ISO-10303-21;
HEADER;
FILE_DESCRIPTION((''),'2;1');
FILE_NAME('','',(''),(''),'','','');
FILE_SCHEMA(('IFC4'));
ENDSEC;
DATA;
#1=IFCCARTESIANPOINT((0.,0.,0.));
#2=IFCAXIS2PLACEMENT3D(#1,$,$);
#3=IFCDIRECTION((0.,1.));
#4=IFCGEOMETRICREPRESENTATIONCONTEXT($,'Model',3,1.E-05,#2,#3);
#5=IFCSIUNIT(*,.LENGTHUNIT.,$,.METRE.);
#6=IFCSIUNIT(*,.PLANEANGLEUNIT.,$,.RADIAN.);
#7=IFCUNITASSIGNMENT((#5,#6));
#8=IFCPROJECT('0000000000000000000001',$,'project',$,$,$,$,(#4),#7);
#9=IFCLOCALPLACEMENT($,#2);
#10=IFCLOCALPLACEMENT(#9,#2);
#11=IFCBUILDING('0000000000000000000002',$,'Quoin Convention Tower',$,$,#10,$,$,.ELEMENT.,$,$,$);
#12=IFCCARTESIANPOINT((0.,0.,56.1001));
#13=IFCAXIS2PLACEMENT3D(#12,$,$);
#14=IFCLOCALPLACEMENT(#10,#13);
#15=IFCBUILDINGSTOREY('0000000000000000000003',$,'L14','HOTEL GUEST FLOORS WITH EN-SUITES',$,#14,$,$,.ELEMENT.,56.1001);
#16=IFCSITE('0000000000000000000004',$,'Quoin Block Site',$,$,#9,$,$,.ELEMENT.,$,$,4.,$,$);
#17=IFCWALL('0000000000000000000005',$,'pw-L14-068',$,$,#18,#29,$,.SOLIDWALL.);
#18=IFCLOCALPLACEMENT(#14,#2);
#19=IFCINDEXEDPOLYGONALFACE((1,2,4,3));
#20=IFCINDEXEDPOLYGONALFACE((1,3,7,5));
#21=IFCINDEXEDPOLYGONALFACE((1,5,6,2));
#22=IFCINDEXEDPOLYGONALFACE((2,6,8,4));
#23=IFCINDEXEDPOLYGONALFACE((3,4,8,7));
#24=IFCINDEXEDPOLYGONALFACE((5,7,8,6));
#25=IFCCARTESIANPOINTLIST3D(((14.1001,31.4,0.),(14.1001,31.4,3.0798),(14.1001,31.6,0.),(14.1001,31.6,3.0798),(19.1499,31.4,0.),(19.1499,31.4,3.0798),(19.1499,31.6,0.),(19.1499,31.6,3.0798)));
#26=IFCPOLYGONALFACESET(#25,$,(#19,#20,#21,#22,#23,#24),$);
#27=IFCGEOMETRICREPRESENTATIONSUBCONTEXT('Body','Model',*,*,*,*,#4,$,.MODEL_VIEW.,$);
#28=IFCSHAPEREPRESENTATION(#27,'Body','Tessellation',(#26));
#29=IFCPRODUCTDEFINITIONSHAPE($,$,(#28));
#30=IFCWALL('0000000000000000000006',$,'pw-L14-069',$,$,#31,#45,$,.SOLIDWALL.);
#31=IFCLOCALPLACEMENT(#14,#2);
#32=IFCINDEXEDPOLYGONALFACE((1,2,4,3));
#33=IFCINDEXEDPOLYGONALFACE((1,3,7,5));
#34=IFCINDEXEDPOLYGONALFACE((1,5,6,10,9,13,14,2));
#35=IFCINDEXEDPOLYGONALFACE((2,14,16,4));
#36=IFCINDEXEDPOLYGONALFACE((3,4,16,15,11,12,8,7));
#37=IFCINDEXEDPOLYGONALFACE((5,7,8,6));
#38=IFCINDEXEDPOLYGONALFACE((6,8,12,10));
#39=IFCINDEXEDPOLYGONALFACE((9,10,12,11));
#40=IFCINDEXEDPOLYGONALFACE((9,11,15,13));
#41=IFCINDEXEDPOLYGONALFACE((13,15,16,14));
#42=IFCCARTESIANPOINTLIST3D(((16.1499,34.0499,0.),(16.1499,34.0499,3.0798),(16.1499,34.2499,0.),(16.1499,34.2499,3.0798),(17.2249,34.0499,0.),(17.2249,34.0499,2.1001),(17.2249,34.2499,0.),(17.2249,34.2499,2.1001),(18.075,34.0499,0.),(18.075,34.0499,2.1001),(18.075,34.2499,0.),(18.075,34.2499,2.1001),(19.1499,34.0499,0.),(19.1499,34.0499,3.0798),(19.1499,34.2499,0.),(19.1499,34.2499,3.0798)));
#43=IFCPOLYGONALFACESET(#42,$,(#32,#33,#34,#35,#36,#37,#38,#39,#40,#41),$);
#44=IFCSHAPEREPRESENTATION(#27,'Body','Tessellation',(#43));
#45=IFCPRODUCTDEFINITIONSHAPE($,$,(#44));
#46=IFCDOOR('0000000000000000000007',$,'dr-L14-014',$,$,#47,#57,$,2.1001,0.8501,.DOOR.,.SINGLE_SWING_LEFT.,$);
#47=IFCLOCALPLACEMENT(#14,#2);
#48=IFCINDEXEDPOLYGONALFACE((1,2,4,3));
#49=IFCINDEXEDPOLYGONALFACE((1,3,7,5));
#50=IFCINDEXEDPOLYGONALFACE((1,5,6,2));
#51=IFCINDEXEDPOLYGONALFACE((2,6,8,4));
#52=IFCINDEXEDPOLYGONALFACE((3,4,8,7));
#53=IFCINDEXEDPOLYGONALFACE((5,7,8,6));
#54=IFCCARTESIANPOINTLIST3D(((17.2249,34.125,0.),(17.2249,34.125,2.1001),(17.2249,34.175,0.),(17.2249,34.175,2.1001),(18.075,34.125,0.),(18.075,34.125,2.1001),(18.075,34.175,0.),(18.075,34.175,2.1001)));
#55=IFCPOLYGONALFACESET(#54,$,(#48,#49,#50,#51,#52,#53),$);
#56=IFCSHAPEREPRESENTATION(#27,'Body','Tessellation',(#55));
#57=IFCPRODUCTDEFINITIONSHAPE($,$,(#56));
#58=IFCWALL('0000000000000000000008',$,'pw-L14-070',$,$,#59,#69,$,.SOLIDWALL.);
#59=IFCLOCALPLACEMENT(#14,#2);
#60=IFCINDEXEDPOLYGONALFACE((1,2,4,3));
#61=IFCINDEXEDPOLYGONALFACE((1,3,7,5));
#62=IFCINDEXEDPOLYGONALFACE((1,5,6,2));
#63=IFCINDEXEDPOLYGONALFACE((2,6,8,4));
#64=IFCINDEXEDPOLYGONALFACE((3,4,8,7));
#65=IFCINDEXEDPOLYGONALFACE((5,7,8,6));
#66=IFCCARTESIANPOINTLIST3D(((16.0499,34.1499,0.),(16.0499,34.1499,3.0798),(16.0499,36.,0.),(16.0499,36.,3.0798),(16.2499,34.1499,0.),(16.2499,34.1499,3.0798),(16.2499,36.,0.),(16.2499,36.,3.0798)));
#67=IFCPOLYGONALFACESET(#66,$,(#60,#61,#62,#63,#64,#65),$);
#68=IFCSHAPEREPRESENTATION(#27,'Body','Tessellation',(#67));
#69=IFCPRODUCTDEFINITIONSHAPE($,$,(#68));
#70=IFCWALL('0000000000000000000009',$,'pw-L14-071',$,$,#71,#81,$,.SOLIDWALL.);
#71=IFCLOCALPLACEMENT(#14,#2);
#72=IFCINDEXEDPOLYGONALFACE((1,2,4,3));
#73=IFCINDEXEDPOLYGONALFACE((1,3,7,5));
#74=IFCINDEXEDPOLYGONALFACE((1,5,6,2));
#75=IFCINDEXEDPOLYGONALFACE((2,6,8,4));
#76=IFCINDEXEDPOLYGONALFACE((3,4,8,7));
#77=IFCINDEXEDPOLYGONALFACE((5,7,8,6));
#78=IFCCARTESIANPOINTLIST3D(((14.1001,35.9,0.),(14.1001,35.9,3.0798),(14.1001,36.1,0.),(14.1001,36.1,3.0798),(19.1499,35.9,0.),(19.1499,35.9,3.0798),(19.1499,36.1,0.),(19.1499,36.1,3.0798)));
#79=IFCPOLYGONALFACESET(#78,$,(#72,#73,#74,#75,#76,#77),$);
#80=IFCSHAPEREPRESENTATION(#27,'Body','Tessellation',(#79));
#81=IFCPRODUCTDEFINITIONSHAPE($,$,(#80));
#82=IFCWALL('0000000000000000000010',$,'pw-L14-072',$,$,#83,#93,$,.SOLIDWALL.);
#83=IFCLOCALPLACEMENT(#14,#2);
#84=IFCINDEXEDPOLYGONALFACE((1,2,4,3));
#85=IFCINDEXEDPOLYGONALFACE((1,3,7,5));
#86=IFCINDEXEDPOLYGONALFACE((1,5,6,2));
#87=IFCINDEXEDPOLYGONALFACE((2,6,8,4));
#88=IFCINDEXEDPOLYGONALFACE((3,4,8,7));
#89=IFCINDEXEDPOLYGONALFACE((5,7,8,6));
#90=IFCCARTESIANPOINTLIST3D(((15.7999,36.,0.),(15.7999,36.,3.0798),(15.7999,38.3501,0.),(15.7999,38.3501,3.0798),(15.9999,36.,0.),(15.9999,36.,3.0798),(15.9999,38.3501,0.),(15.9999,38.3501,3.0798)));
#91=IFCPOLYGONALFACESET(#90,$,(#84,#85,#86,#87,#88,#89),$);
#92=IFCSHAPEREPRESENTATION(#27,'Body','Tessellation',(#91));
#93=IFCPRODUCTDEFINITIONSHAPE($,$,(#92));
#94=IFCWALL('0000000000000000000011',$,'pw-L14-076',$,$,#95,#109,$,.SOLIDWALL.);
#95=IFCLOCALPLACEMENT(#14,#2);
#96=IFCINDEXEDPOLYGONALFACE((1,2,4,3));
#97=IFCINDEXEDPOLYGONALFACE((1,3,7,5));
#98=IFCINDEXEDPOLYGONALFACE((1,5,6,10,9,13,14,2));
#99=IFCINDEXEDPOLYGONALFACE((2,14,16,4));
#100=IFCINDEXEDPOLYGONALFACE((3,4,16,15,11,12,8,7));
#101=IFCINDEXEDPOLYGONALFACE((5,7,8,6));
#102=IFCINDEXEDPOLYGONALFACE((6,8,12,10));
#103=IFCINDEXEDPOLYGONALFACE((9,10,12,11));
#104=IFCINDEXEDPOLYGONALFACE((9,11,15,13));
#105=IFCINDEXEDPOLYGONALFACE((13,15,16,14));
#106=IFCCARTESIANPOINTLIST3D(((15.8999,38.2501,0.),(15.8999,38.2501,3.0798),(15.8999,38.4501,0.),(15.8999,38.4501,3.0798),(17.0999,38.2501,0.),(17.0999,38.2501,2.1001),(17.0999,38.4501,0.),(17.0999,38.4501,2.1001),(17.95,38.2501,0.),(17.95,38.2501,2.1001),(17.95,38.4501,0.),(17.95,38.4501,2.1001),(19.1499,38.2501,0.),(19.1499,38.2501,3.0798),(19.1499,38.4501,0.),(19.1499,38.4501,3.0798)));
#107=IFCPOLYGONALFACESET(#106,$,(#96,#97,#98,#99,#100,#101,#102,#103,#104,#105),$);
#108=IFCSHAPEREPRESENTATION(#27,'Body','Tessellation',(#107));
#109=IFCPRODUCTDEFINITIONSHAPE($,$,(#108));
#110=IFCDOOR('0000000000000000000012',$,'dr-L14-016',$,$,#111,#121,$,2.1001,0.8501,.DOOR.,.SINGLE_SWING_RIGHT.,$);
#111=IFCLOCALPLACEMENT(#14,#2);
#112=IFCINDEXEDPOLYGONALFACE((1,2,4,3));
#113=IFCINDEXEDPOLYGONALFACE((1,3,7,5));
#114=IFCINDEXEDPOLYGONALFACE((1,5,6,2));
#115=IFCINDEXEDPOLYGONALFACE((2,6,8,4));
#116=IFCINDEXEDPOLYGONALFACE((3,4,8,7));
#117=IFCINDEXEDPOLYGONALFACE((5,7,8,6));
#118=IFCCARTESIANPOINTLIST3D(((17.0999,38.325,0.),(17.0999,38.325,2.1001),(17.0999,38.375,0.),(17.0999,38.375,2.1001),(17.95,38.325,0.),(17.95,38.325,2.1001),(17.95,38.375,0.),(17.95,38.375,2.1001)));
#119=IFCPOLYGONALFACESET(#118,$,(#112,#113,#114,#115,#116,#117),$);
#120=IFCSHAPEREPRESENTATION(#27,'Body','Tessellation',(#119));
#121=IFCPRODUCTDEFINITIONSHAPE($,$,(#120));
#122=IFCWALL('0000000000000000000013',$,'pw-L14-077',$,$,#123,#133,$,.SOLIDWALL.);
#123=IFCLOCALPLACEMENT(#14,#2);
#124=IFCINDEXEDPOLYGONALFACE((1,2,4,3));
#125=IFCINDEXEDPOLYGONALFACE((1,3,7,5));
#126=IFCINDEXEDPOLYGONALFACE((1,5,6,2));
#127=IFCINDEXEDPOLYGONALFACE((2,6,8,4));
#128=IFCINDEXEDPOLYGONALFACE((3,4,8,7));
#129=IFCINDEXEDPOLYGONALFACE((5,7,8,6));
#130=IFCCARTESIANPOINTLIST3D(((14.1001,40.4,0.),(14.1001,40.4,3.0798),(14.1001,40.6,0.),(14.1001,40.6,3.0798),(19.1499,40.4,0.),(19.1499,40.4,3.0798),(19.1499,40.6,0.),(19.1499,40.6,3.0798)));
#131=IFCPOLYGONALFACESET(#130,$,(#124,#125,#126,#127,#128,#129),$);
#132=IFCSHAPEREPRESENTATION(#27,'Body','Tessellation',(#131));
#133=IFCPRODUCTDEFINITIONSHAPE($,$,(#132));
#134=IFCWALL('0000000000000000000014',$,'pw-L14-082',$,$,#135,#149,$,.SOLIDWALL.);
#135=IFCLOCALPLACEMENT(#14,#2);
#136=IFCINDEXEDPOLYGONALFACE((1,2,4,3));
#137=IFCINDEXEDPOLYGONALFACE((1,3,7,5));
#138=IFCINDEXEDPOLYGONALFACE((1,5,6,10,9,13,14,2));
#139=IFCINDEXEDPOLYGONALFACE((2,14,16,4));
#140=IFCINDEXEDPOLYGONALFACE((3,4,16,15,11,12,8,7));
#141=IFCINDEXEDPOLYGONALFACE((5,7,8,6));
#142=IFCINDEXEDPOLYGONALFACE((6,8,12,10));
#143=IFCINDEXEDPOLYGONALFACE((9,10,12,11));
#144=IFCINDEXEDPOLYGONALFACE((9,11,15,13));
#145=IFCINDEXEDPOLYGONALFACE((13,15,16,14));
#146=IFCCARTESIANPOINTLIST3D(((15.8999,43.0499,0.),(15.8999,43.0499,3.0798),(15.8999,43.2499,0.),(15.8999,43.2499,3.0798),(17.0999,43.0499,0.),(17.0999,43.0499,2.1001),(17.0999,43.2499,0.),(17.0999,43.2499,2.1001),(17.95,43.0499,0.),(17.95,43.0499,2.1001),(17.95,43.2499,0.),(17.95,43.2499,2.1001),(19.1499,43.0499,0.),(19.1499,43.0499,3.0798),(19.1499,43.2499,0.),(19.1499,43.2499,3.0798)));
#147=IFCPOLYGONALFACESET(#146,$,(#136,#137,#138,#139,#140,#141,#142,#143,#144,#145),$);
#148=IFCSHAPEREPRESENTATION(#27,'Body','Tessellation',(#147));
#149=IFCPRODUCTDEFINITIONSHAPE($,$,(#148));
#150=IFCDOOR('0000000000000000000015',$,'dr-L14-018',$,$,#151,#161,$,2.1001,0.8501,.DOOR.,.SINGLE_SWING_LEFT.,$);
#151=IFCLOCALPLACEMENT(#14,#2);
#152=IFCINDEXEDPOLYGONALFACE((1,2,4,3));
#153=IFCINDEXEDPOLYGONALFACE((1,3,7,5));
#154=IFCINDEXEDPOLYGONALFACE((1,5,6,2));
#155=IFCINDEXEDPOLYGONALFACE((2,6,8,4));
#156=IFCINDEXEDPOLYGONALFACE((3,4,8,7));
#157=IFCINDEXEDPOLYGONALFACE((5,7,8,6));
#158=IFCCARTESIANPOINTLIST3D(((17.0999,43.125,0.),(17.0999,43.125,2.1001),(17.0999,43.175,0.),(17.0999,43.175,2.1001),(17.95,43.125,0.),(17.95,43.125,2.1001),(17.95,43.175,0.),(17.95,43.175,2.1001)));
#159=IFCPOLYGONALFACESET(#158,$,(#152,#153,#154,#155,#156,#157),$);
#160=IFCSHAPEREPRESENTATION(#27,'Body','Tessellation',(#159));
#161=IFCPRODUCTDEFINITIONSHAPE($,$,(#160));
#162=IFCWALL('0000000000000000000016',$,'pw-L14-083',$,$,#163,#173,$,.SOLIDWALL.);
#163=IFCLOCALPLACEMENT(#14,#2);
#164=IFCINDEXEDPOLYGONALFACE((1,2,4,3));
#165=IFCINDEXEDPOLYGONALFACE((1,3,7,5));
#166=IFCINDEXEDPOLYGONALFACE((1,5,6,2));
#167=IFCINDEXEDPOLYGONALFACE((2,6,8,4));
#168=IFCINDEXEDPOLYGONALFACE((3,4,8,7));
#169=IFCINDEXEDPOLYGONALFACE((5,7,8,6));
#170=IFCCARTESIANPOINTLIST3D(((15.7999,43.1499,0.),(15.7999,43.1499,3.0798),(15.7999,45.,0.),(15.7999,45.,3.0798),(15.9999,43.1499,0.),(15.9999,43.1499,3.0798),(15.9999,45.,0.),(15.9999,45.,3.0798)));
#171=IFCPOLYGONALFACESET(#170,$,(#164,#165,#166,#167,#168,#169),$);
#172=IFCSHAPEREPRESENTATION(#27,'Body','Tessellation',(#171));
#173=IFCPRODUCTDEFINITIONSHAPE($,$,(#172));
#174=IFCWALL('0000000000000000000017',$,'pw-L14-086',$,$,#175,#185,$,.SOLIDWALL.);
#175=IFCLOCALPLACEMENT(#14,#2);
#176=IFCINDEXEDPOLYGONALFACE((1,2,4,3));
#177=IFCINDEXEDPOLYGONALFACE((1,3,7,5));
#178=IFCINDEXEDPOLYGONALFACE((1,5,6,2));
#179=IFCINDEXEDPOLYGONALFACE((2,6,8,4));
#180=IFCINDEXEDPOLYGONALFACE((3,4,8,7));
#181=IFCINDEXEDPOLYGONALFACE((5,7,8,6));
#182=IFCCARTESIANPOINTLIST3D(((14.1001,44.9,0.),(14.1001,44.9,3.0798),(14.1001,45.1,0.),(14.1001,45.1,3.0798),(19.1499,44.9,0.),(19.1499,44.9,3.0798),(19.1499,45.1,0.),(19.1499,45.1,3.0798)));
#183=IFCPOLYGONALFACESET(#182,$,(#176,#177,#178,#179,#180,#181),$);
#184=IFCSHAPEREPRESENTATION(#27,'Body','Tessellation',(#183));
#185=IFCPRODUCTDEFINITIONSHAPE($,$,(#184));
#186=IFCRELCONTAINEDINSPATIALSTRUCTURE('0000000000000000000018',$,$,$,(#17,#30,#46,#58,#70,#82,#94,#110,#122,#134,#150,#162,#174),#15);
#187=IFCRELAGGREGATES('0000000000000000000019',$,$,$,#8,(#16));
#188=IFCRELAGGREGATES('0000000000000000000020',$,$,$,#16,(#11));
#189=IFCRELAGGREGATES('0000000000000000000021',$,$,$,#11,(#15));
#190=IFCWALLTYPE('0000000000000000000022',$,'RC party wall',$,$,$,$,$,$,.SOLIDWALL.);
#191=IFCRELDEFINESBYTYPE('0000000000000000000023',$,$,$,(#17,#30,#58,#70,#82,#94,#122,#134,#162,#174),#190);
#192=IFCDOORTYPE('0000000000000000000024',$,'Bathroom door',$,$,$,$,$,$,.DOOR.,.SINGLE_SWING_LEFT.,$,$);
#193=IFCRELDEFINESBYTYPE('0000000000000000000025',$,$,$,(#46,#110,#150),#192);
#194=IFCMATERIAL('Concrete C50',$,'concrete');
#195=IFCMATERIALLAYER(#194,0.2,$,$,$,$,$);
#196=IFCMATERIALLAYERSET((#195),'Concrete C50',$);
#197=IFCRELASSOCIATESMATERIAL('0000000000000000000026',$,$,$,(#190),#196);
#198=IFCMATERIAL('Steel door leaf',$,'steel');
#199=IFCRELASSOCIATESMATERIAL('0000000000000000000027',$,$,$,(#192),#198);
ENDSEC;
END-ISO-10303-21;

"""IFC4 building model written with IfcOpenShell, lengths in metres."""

from ifc_helpers import new_model, si_unit, direction, frame, frame_2d, origin, place, context, subcontext, project, spatial, rectangle, extrude, material, layer, layer_set, type_object, element, fill, save


model = new_model("IFC4")

# Units and contexts
model_context = context("Model", 3, precision=1e-05, world=origin(), true_north=direction((0.0, 1.0)))
body_context = subcontext(model_context, "Body", "Model", "MODEL_VIEW")
ifc_project = project(units=[si_unit("LENGTHUNIT", "METRE"), si_unit("PLANEANGLEUNIT", "RADIAN")], contexts=[model_context])

# Site, building, storey
site_placement = place(None, origin())
site = spatial("IfcSite", under=ifc_project, at=site_placement, Name="Quoin Block Site", CompositionType="ELEMENT", RefElevation=4.0)
building_placement = place(site_placement, origin())
building = spatial("IfcBuilding", under=site, at=building_placement, Name="Quoin Convention Tower", CompositionType="ELEMENT")
storey_placement = place(building_placement, frame((0.0, 0.0, 56.1001)))
storey = spatial("IfcBuildingStorey", under=building, at=storey_placement, Name="L14", Description="HOTEL GUEST FLOORS WITH EN-SUITES", CompositionType="ELEMENT", Elevation=56.1001)

# Wall
ifc_material_1 = material(Name="Concrete C50", Category="concrete")
ifc_layer_1 = layer(ifc_material_1, 0.2)
ifc_layer_set_1 = layer_set([ifc_layer_1], Name="Concrete C50")
wall_type_1 = type_object("IfcWallType", Name="RC party wall", PredefinedType="SOLIDWALL", material=ifc_layer_set_1)
wall_1_placement = place(storey_placement, frame((14.1001, 31.5, 0.0), z_axis=(0.0, 0.0, 1.0), x_axis=(1.0, 0.0, 0.0)))
element("IfcWall", 1, at=wall_1_placement, inside=storey, type_object=wall_type_1, Name="pw-L14-068", PredefinedType="SOLIDWALL", context=body_context, shape_type="SweptSolid", body=[
    extrude(rectangle(XDim=5.0498, YDim=0.2, at=frame_2d((2.5249, 0.0))), origin(), (0.0, 0.0, 1.0), 3.0798),
])

# Wall, opening, door
wall_2_placement = place(storey_placement, frame((16.1499, 34.1499, 0.0), z_axis=(0.0, 0.0, 1.0), x_axis=(1.0, 0.0, 0.0)))
wall_2 = element("IfcWall", 2, at=wall_2_placement, inside=storey, type_object=wall_type_1, Name="pw-L14-069", PredefinedType="SOLIDWALL", context=body_context, shape_type="SweptSolid", body=[
    extrude(rectangle(XDim=3.0, YDim=0.2, at=frame_2d((1.5, 0.0))), origin(), (0.0, 0.0, 1.0), 3.0798),
])
opening_1_placement = place(wall_2_placement, frame((1.075, 0.0, 0.0)))
opening_1 = element("IfcOpeningElement", 3, at=opening_1_placement, cuts=wall_2, PredefinedType="OPENING", context=body_context, shape_type="SweptSolid", body=[
    extrude(rectangle(XDim=0.8501, YDim=2.1001, at=frame_2d((0.425, 1.05))), frame((0.0, 0.1099, 0.0), z_axis=(0.0, -1.0, 0.0), x_axis=(1.0, 0.0, 0.0)), (0.0, 0.0, 1.0), 0.22),
])
ifc_material_2 = material(Name="Steel door leaf", Category="steel")
door_type_1 = type_object("IfcDoorType", Name="Bathroom door", OperationType="SINGLE_SWING_LEFT", PredefinedType="DOOR", material=ifc_material_2)
door_1_placement = place(opening_1_placement, frame((0.8501, 0.0, 0.0), z_axis=(0.0, 0.0, 1.0), x_axis=(-1.0, 0.0, 0.0)))
door_1 = element("IfcDoor", 4, at=door_1_placement, inside=storey, type_object=door_type_1, Name="dr-L14-014", OperationType="SINGLE_SWING_LEFT", OverallHeight=2.1001, OverallWidth=0.8501, PredefinedType="DOOR", context=body_context, shape_type="SweptSolid", body=[
    extrude(rectangle(XDim=0.8501, YDim=2.1001, at=frame_2d((0.425, 1.05))), frame((0.0, 0.0249, 0.0), z_axis=(0.0, -1.0, 0.0), x_axis=(1.0, 0.0, 0.0)), (0.0, 0.0, 1.0), 0.05),
])
fill(opening_1, door_1)

# Walls
wall_3_placement = place(storey_placement, frame((16.1499, 34.1499, 0.0), z_axis=(0.0, 0.0, 1.0), x_axis=(0.0, 1.0, 0.0)))
element("IfcWall", 5, at=wall_3_placement, inside=storey, type_object=wall_type_1, Name="pw-L14-070", PredefinedType="SOLIDWALL", context=body_context, shape_type="SweptSolid", body=[
    extrude(rectangle(XDim=1.8501, YDim=0.2, at=frame_2d((0.925, 0.0))), origin(), (0.0, 0.0, 1.0), 3.0798),
])
wall_4_placement = place(storey_placement, frame((14.1001, 36.0, 0.0), z_axis=(0.0, 0.0, 1.0), x_axis=(1.0, 0.0, 0.0)))
element("IfcWall", 6, at=wall_4_placement, inside=storey, type_object=wall_type_1, Name="pw-L14-071", PredefinedType="SOLIDWALL", context=body_context, shape_type="SweptSolid", body=[
    extrude(rectangle(XDim=5.0498, YDim=0.2, at=frame_2d((2.5249, 0.0))), origin(), (0.0, 0.0, 1.0), 3.0798),
])
wall_5_placement = place(storey_placement, frame((15.8999, 36.0, 0.0), z_axis=(0.0, 0.0, 1.0), x_axis=(0.0, 1.0, 0.0)))
element("IfcWall", 7, at=wall_5_placement, inside=storey, type_object=wall_type_1, Name="pw-L14-072", PredefinedType="SOLIDWALL", context=body_context, shape_type="SweptSolid", body=[
    extrude(rectangle(XDim=2.3501, YDim=0.2, at=frame_2d((1.175, 0.0))), origin(), (0.0, 0.0, 1.0), 3.0798),
])

# Wall, opening, door
wall_6_placement = place(storey_placement, frame((15.8999, 38.3501, 0.0), z_axis=(0.0, 0.0, 1.0), x_axis=(1.0, 0.0, 0.0)))
wall_6 = element("IfcWall", 8, at=wall_6_placement, inside=storey, type_object=wall_type_1, Name="pw-L14-076", PredefinedType="SOLIDWALL", context=body_context, shape_type="SweptSolid", body=[
    extrude(rectangle(XDim=3.25, YDim=0.2, at=frame_2d((1.625, 0.0))), origin(), (0.0, 0.0, 1.0), 3.0798),
])
opening_2_placement = place(wall_6_placement, frame((1.2, 0.0, 0.0)))
opening_2 = element("IfcOpeningElement", 9, at=opening_2_placement, cuts=wall_6, PredefinedType="OPENING", context=body_context, shape_type="SweptSolid", body=[
    extrude(rectangle(XDim=0.8501, YDim=2.1001, at=frame_2d((0.425, 1.05))), frame((0.0, 0.1099, 0.0), z_axis=(0.0, -1.0, 0.0), x_axis=(1.0, 0.0, 0.0)), (0.0, 0.0, 1.0), 0.22),
])
door_2_placement = place(opening_2_placement, origin())
door_2 = element("IfcDoor", 10, at=door_2_placement, inside=storey, type_object=door_type_1, Name="dr-L14-016", OperationType="SINGLE_SWING_RIGHT", OverallHeight=2.1001, OverallWidth=0.8501, PredefinedType="DOOR", context=body_context, shape_type="SweptSolid", body=[
    extrude(rectangle(XDim=0.8501, YDim=2.1001, at=frame_2d((0.425, 1.05))), frame((0.0, 0.0249, 0.0), z_axis=(0.0, -1.0, 0.0), x_axis=(1.0, 0.0, 0.0)), (0.0, 0.0, 1.0), 0.05),
])
fill(opening_2, door_2)

# Wall
wall_7_placement = place(storey_placement, frame((14.1001, 40.5, 0.0), z_axis=(0.0, 0.0, 1.0), x_axis=(1.0, 0.0, 0.0)))
element("IfcWall", 11, at=wall_7_placement, inside=storey, type_object=wall_type_1, Name="pw-L14-077", PredefinedType="SOLIDWALL", context=body_context, shape_type="SweptSolid", body=[
    extrude(rectangle(XDim=5.0498, YDim=0.2, at=frame_2d((2.5249, 0.0))), origin(), (0.0, 0.0, 1.0), 3.0798),
])

# Wall, opening, door
wall_8_placement = place(storey_placement, frame((15.8999, 43.1499, 0.0), z_axis=(0.0, 0.0, 1.0), x_axis=(1.0, 0.0, 0.0)))
wall_8 = element("IfcWall", 12, at=wall_8_placement, inside=storey, type_object=wall_type_1, Name="pw-L14-082", PredefinedType="SOLIDWALL", context=body_context, shape_type="SweptSolid", body=[
    extrude(rectangle(XDim=3.25, YDim=0.2, at=frame_2d((1.625, 0.0))), origin(), (0.0, 0.0, 1.0), 3.0798),
])
opening_3_placement = place(wall_8_placement, frame((1.2, 0.0, 0.0)))
opening_3 = element("IfcOpeningElement", 13, at=opening_3_placement, cuts=wall_8, PredefinedType="OPENING", context=body_context, shape_type="SweptSolid", body=[
    extrude(rectangle(XDim=0.8501, YDim=2.1001, at=frame_2d((0.425, 1.05))), frame((0.0, 0.1099, 0.0), z_axis=(0.0, -1.0, 0.0), x_axis=(1.0, 0.0, 0.0)), (0.0, 0.0, 1.0), 0.22),
])
door_3_placement = place(opening_3_placement, frame((0.8501, 0.0, 0.0), z_axis=(0.0, 0.0, 1.0), x_axis=(-1.0, 0.0, 0.0)))
door_3 = element("IfcDoor", 14, at=door_3_placement, inside=storey, type_object=door_type_1, Name="dr-L14-018", OperationType="SINGLE_SWING_LEFT", OverallHeight=2.1001, OverallWidth=0.8501, PredefinedType="DOOR", context=body_context, shape_type="SweptSolid", body=[
    extrude(rectangle(XDim=0.8501, YDim=2.1001, at=frame_2d((0.425, 1.05))), frame((0.0, 0.0249, 0.0), z_axis=(0.0, -1.0, 0.0), x_axis=(1.0, 0.0, 0.0)), (0.0, 0.0, 1.0), 0.05),
])
fill(opening_3, door_3)

# Walls
wall_9_placement = place(storey_placement, frame((15.8999, 43.1499, 0.0), z_axis=(0.0, 0.0, 1.0), x_axis=(0.0, 1.0, 0.0)))
element("IfcWall", 15, at=wall_9_placement, inside=storey, type_object=wall_type_1, Name="pw-L14-083", PredefinedType="SOLIDWALL", context=body_context, shape_type="SweptSolid", body=[
    extrude(rectangle(XDim=1.8501, YDim=0.2, at=frame_2d((0.925, 0.0))), origin(), (0.0, 0.0, 1.0), 3.0798),
])
wall_10_placement = place(storey_placement, frame((14.1001, 45.0, 0.0), z_axis=(0.0, 0.0, 1.0), x_axis=(1.0, 0.0, 0.0)))
element("IfcWall", 16, at=wall_10_placement, inside=storey, type_object=wall_type_1, Name="pw-L14-086", PredefinedType="SOLIDWALL", context=body_context, shape_type="SweptSolid", body=[
    extrude(rectangle(XDim=5.0498, YDim=0.2, at=frame_2d((2.5249, 0.0))), origin(), (0.0, 0.0, 1.0), 3.0798),
])

save(model, "model.ifc")
